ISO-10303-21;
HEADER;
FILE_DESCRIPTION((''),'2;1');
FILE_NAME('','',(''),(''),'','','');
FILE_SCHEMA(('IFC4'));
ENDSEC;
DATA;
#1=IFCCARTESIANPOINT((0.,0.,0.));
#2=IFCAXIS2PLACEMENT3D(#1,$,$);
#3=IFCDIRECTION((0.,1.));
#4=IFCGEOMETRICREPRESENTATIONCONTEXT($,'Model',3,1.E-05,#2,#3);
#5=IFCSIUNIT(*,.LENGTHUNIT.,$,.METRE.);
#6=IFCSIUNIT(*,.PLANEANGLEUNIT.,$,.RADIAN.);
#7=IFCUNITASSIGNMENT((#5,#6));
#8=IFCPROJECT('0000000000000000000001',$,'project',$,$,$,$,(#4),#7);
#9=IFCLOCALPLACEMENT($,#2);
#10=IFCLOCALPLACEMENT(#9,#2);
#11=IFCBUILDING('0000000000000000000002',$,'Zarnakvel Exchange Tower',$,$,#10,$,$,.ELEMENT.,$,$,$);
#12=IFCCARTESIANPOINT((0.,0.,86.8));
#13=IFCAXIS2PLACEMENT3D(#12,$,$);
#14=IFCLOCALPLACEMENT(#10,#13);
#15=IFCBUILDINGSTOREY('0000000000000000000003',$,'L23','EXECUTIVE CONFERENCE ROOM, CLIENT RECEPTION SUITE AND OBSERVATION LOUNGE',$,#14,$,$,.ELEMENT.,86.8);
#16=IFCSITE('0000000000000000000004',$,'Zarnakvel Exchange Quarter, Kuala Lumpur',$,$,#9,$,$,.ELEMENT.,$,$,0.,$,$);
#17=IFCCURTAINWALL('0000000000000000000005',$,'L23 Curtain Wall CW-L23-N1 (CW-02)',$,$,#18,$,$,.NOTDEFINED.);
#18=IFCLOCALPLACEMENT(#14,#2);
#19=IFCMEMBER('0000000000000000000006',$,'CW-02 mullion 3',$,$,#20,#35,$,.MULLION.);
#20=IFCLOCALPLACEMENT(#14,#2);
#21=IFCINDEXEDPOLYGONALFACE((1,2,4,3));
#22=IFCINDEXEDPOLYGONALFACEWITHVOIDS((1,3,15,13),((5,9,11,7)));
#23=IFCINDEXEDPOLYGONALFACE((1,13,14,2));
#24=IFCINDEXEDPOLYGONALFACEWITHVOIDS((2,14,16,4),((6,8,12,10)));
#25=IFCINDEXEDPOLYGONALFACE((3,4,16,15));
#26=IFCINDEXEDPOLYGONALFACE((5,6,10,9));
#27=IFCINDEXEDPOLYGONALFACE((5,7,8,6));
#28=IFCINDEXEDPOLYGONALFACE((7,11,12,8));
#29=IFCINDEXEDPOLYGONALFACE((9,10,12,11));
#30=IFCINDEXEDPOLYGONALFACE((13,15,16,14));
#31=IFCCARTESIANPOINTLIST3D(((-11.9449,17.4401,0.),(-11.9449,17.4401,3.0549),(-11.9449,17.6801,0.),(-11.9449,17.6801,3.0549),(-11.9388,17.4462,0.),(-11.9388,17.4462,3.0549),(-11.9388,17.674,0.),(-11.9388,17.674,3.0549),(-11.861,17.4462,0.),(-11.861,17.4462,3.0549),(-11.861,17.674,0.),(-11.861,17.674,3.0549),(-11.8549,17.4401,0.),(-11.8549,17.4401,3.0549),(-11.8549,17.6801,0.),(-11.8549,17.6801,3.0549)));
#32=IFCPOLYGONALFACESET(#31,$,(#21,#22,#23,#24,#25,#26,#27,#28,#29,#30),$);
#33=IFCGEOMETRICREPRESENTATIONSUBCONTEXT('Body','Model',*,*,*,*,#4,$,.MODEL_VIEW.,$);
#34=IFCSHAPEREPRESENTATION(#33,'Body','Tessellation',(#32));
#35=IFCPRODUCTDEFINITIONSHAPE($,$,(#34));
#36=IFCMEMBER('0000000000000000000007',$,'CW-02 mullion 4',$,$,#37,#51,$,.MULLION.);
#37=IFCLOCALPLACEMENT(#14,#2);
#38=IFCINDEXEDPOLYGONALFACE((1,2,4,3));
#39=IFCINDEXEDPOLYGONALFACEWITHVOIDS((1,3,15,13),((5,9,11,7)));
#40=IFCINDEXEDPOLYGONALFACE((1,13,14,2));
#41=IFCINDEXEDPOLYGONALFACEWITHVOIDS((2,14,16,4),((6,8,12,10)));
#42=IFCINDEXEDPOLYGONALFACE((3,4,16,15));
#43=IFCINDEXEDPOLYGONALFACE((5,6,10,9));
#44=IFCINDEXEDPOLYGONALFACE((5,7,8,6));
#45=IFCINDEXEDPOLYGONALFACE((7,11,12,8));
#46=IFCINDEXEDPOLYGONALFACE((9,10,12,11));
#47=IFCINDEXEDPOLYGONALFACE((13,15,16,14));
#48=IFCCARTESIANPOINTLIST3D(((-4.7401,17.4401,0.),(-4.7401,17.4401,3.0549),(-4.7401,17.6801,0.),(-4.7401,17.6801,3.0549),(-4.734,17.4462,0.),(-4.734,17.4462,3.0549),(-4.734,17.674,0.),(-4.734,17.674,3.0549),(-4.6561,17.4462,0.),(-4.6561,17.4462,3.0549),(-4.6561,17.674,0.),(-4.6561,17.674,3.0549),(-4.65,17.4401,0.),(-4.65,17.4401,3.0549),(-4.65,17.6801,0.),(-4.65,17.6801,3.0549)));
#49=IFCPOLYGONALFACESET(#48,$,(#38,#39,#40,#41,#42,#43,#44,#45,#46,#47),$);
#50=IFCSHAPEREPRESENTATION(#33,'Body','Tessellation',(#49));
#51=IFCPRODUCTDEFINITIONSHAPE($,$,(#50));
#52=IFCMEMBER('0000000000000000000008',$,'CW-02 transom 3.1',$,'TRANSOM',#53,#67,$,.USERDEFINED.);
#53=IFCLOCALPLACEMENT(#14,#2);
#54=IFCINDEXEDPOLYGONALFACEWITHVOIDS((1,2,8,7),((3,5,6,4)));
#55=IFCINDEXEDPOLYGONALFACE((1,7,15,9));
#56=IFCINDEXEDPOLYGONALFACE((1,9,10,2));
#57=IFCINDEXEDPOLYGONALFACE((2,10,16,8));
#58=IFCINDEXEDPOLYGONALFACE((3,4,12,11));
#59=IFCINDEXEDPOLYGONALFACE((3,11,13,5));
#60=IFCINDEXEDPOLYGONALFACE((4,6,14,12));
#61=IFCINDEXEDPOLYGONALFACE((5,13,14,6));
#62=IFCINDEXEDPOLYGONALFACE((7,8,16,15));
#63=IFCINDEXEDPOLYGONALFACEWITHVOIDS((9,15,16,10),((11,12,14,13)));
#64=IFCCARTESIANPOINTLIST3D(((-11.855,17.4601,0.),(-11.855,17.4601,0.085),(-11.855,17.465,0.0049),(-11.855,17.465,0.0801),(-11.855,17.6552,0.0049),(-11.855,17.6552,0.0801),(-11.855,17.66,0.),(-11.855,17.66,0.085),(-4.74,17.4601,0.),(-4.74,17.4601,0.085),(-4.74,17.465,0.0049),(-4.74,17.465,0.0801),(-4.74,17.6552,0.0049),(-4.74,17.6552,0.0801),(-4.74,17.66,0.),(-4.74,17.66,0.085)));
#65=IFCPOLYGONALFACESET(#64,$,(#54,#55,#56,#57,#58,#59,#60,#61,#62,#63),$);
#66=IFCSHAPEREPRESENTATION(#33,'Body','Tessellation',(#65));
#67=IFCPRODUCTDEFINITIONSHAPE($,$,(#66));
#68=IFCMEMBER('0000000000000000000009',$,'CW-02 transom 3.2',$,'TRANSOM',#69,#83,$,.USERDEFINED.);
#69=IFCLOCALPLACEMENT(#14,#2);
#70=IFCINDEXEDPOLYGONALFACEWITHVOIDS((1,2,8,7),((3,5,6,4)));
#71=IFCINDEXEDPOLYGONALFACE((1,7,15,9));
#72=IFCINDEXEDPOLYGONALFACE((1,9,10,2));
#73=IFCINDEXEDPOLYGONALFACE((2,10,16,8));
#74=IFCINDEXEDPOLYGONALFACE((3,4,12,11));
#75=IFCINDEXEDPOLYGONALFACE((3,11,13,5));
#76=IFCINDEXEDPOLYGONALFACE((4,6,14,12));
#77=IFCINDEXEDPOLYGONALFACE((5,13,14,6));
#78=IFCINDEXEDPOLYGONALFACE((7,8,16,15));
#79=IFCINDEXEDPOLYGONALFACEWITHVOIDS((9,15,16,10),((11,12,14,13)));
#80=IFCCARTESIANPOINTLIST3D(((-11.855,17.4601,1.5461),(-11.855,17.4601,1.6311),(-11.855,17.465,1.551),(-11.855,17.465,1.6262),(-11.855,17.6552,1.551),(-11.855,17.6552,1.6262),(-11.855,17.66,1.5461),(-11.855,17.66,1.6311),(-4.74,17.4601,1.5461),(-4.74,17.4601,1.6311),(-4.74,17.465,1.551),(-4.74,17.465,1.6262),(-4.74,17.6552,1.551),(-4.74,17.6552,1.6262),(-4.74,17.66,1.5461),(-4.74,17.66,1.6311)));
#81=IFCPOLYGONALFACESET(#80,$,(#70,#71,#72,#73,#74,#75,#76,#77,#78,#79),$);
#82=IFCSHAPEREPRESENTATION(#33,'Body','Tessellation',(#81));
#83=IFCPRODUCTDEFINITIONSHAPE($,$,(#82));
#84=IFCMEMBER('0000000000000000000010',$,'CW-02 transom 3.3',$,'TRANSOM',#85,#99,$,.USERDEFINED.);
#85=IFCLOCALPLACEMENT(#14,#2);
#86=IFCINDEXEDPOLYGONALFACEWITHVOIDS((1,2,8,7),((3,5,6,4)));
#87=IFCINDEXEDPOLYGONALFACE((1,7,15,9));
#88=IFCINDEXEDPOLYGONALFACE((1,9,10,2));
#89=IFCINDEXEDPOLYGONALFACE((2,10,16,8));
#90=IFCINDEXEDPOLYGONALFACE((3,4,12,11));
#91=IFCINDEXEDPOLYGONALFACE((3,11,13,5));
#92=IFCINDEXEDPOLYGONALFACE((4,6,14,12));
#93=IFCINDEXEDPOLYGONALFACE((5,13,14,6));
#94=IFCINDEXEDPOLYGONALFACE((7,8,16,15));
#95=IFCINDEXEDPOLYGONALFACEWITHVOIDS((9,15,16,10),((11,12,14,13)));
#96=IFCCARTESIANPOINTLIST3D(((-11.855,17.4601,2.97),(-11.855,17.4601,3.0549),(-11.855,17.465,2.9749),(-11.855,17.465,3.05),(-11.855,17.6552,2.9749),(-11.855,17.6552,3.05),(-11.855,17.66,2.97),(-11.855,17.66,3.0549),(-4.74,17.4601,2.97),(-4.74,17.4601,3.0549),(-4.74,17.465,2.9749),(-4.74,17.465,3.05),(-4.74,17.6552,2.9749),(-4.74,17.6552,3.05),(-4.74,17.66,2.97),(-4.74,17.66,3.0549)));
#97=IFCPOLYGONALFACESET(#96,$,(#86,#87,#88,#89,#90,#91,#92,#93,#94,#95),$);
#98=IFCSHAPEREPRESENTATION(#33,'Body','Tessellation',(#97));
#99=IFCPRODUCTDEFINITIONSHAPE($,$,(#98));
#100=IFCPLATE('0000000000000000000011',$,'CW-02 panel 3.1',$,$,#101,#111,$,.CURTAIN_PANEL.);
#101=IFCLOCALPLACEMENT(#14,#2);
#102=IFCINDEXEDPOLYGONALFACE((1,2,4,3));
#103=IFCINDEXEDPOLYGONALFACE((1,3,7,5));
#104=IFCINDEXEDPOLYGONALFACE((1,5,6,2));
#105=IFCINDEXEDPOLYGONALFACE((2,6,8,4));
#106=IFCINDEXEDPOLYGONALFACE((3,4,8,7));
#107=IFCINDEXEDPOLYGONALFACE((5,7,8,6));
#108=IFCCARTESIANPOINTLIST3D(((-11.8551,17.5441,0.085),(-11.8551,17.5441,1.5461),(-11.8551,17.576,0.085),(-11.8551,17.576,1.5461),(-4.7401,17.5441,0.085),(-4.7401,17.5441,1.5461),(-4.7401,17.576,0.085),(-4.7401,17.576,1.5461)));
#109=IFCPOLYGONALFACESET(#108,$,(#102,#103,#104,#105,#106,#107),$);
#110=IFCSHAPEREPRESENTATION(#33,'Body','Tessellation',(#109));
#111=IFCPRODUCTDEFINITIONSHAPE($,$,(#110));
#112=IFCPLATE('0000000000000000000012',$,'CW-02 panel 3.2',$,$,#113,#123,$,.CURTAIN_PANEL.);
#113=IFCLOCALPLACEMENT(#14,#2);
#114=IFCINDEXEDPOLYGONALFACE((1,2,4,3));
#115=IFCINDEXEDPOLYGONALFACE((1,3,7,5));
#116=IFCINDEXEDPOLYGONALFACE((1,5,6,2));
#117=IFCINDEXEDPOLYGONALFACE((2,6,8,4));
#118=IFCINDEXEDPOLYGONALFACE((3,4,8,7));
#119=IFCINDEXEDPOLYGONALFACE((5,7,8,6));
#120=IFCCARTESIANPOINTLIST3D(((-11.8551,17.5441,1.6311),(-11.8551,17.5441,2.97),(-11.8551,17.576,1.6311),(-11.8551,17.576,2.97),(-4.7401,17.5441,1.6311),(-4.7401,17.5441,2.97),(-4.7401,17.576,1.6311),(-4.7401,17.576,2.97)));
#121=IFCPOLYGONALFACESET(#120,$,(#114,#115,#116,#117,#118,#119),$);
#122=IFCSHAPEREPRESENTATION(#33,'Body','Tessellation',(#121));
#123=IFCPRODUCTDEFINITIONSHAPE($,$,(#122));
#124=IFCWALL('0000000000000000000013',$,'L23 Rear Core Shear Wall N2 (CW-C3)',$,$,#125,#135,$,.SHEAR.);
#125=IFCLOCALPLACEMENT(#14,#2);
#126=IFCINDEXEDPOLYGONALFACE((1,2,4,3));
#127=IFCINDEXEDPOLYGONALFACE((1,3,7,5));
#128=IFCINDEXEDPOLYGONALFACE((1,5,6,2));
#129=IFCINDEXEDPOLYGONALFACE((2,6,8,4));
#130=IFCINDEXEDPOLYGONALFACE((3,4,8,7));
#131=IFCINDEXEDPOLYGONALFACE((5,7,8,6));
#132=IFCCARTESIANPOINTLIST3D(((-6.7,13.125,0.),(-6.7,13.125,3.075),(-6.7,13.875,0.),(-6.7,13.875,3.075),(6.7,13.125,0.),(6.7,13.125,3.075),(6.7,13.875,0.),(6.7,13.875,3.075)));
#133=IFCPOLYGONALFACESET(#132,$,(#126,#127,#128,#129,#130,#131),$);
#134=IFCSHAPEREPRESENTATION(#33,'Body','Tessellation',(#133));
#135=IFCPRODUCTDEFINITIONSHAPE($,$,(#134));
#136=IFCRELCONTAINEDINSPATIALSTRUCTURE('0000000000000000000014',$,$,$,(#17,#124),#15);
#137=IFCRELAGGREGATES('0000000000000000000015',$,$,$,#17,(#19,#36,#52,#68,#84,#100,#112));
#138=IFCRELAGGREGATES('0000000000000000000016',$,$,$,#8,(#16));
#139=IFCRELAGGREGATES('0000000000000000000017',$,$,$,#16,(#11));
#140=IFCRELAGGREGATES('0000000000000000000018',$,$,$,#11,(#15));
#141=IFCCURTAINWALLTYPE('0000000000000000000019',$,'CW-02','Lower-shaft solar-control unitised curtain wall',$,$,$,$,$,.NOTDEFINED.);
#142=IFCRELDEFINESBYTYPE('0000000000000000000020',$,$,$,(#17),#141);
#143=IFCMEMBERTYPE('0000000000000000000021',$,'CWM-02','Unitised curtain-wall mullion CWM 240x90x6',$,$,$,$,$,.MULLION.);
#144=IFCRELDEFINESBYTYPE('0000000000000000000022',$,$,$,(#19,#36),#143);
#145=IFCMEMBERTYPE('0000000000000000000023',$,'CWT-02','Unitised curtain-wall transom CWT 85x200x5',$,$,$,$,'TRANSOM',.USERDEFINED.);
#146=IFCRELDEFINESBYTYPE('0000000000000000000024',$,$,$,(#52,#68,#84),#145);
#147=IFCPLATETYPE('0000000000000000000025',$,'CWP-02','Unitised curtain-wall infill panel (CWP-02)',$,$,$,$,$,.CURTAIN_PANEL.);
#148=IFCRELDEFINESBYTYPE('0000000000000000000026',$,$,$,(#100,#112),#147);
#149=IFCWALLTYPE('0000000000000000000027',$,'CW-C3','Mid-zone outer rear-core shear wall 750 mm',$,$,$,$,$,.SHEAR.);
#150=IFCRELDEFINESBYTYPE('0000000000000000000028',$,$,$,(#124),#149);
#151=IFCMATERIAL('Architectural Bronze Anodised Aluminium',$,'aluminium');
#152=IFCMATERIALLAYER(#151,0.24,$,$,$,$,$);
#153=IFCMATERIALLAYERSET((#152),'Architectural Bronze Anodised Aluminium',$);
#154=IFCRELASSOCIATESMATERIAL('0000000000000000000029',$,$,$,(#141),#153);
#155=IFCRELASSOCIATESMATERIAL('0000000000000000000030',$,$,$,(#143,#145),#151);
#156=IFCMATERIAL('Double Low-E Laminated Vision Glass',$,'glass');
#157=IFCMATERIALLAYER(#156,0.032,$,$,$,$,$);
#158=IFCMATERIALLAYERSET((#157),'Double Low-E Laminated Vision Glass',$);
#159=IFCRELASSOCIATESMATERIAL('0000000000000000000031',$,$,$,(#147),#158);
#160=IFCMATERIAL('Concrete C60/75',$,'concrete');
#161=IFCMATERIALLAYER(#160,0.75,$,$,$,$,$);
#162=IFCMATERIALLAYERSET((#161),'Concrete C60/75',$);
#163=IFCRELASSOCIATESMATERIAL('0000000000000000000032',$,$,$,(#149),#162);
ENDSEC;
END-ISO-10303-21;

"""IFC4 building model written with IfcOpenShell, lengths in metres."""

from ifc_helpers import new_model, si_unit, direction, frame, frame_2d, origin, origin_2d, place, context, subcontext, project, spatial, rectangle, hollow_rectangle, extrude, source, transform, mapped, material, layer, layer_set, material_profile, profile_set, type_object, element, aggregate, save


model = new_model("IFC4")

# Units and contexts
model_context = context("Model", 3, precision=1e-05, world=origin(), true_north=direction((0.0, 1.0)))
body_context = subcontext(model_context, "Body", "Model", "MODEL_VIEW")
ifc_project = project(units=[si_unit("LENGTHUNIT", "METRE"), si_unit("PLANEANGLEUNIT", "RADIAN")], contexts=[model_context])

# Site, building, storey
site_placement = place(None, origin())
site = spatial("IfcSite", under=ifc_project, at=site_placement, Name="Zarnakvel Exchange Quarter, Kuala Lumpur", CompositionType="ELEMENT", RefElevation=0.0)
building_placement = place(site_placement, origin())
building = spatial("IfcBuilding", under=site, at=building_placement, Name="Zarnakvel Exchange Tower", CompositionType="ELEMENT")
storey_placement = place(building_placement, frame((0.0, 0.0, 86.8)))
storey = spatial("IfcBuildingStorey", under=building, at=storey_placement, Name="L23", Description="EXECUTIVE CONFERENCE ROOM, CLIENT RECEPTION SUITE AND OBSERVATION LOUNGE", CompositionType="ELEMENT", Elevation=86.8)

# Shared definitions
ifc_material_1 = material(Name="Concrete C60/75", Category="concrete")

# Curtain wall, members, plates
ifc_material_2 = material(Name="Architectural Bronze Anodised Aluminium", Category="aluminium")
ifc_layer_1 = layer(ifc_material_2, 0.24)
ifc_layer_set_1 = layer_set([ifc_layer_1], Name="Architectural Bronze Anodised Aluminium")
curtain_wall_type = type_object("IfcCurtainWallType", Name="CW-02", Description="Lower-shaft solar-control unitised curtain wall", PredefinedType="NOTDEFINED", material=ifc_layer_set_1)
curtain_wall_placement = place(storey_placement, origin())
curtain_wall = element("IfcCurtainWall", 1, at=curtain_wall_placement, inside=storey, type_object=curtain_wall_type, Name="L23 Curtain Wall CW-L23-N1 (CW-02)", PredefinedType="NOTDEFINED")
ifc_material_profile_1 = material_profile(ifc_material_2, hollow_rectangle(XDim=0.24, YDim=0.0901, WallThickness=0.0061, at=origin_2d()))
ifc_profile_set_1 = profile_set([ifc_material_profile_1], Name="Architectural Bronze Anodised Aluminium")
member_type_1 = type_object("IfcMemberType", Name="CWM-02", Description="Unitised curtain-wall mullion CWM 240x90x6", PredefinedType="MULLION", material=ifc_profile_set_1)
shared_shape_1 = source(origin(), body_context, "Body", "SweptSolid", [
    extrude(hollow_rectangle(XDim=0.24, YDim=0.0901, WallThickness=0.0061, at=origin_2d()), origin(), (0.0, 0.0, 1.0), 3.0549),
])
member_1_placement = place(storey_placement, frame((-11.8999, 17.5601, 0.0), z_axis=(0.0, 0.0, 1.0), x_axis=(0.0, 1.0, 0.0)))
member_1 = element("IfcMember", 2, at=member_1_placement, type_object=member_type_1, Name="CW-02 mullion 3", PredefinedType="MULLION", context=body_context, shape_type="MappedRepresentation", body=[
    mapped(shared_shape_1, transform((0.0, 0.0, 0.0), x_axis=(1.0, 0.0, 0.0), y_axis=(0.0, 1.0, 0.0), z_axis=(0.0, 0.0, 1.0), scale=1.0)),
])
member_2_placement = place(storey_placement, frame((-4.6951, 17.5601, 0.0), z_axis=(0.0, 0.0, 1.0), x_axis=(0.0, 1.0, 0.0)))
member_2 = element("IfcMember", 3, at=member_2_placement, type_object=member_type_1, Name="CW-02 mullion 4", PredefinedType="MULLION", context=body_context, shape_type="MappedRepresentation", body=[
    mapped(shared_shape_1, transform((0.0, 0.0, 0.0), x_axis=(1.0, 0.0, 0.0), y_axis=(0.0, 1.0, 0.0), z_axis=(0.0, 0.0, 1.0), scale=1.0)),
])
ifc_material_profile_2 = material_profile(ifc_material_2, hollow_rectangle(XDim=0.2, YDim=0.085, WallThickness=0.0049, at=origin_2d()))
ifc_profile_set_2 = profile_set([ifc_material_profile_2], Name="Architectural Bronze Anodised Aluminium")
member_type_2 = type_object("IfcMemberType", Name="CWT-02", Description="Unitised curtain-wall transom CWT 85x200x5", ElementType="TRANSOM", PredefinedType="USERDEFINED", material=ifc_profile_set_2)
shared_shape_2 = source(origin(), body_context, "Body", "SweptSolid", [
    extrude(hollow_rectangle(XDim=0.2, YDim=0.085, WallThickness=0.0049, at=origin_2d()), origin(), (0.0, 0.0, 1.0), 7.115),
])
member_3_placement = place(storey_placement, frame((-11.855, 17.5601, 0.0425), z_axis=(1.0, 0.0, 0.0), x_axis=(0.0, 1.0, 0.0)))
member_3 = element("IfcMember", 4, at=member_3_placement, type_object=member_type_2, Name="CW-02 transom 3.1", ObjectType="TRANSOM", PredefinedType="USERDEFINED", context=body_context, shape_type="MappedRepresentation", body=[
    mapped(shared_shape_2, transform((0.0, 0.0, 0.0), x_axis=(1.0, 0.0, 0.0), y_axis=(0.0, 1.0, 0.0), z_axis=(0.0, 0.0, 1.0), scale=1.0)),
])
member_4_placement = place(storey_placement, frame((-11.855, 17.5601, 1.5886), z_axis=(1.0, 0.0, 0.0), x_axis=(0.0, 1.0, 0.0)))
member_4 = element("IfcMember", 5, at=member_4_placement, type_object=member_type_2, Name="CW-02 transom 3.2", ObjectType="TRANSOM", PredefinedType="USERDEFINED", context=body_context, shape_type="MappedRepresentation", body=[
    mapped(shared_shape_2, transform((0.0, 0.0, 0.0), x_axis=(1.0, 0.0, 0.0), y_axis=(0.0, 1.0, 0.0), z_axis=(0.0, 0.0, 1.0), scale=1.0)),
])
member_5_placement = place(storey_placement, frame((-11.855, 17.5601, 3.0125), z_axis=(1.0, 0.0, 0.0), x_axis=(0.0, 1.0, 0.0)))
member_5 = element("IfcMember", 6, at=member_5_placement, type_object=member_type_2, Name="CW-02 transom 3.3", ObjectType="TRANSOM", PredefinedType="USERDEFINED", context=body_context, shape_type="MappedRepresentation", body=[
    mapped(shared_shape_2, transform((0.0, 0.0, 0.0), x_axis=(1.0, 0.0, 0.0), y_axis=(0.0, 1.0, 0.0), z_axis=(0.0, 0.0, 1.0), scale=1.0)),
])
ifc_material_3 = material(Name="Double Low-E Laminated Vision Glass", Category="glass")
ifc_layer_2 = layer(ifc_material_3, 0.032)
ifc_layer_set_2 = layer_set([ifc_layer_2], Name="Double Low-E Laminated Vision Glass")
plate_type = type_object("IfcPlateType", Name="CWP-02", Description="Unitised curtain-wall infill panel (CWP-02)", PredefinedType="CURTAIN_PANEL", material=ifc_layer_set_2)
shared_shape_3 = source(origin(), body_context, "Body", "SweptSolid", [
    extrude(rectangle(XDim=7.115, YDim=0.032, at=origin_2d()), origin(), (0.0, 0.0, 1.0), 1.4612),
])
plate_1_placement = place(storey_placement, frame((-8.2976, 17.5601, 0.085), z_axis=(0.0, 0.0, 1.0), x_axis=(1.0, 0.0, 0.0)))
plate_1 = element("IfcPlate", 7, at=plate_1_placement, type_object=plate_type, Name="CW-02 panel 3.1", PredefinedType="CURTAIN_PANEL", context=body_context, shape_type="MappedRepresentation", body=[
    mapped(shared_shape_3, transform((0.0, 0.0, 0.0), x_axis=(1.0, 0.0, 0.0), y_axis=(0.0, 1.0, 0.0), z_axis=(0.0, 0.0, 1.0), scale=1.0)),
])
shared_shape_4 = source(origin(), body_context, "Body", "SweptSolid", [
    extrude(rectangle(XDim=7.115, YDim=0.032, at=origin_2d()), origin(), (0.0, 0.0, 1.0), 1.3389),
])
plate_2_placement = place(storey_placement, frame((-8.2976, 17.5601, 1.6311), z_axis=(0.0, 0.0, 1.0), x_axis=(1.0, 0.0, 0.0)))
plate_2 = element("IfcPlate", 8, at=plate_2_placement, type_object=plate_type, Name="CW-02 panel 3.2", PredefinedType="CURTAIN_PANEL", context=body_context, shape_type="MappedRepresentation", body=[
    mapped(shared_shape_4, transform((0.0, 0.0, 0.0), x_axis=(1.0, 0.0, 0.0), y_axis=(0.0, 1.0, 0.0), z_axis=(0.0, 0.0, 1.0), scale=1.0)),
])
aggregate(curtain_wall, [member_1, member_2, member_3, member_4, member_5, plate_1, plate_2])

# Wall
ifc_layer_3 = layer(ifc_material_1, 0.75)
ifc_layer_set_3 = layer_set([ifc_layer_3], Name="Concrete C60/75")
wall_type_1 = type_object("IfcWallType", Name="CW-C3", Description="Mid-zone outer rear-core shear wall 750 mm", PredefinedType="SHEAR", material=ifc_layer_set_3)
wall_1_placement = place(storey_placement, frame((-6.7, 13.5, 0.0), z_axis=(0.0, 0.0, 1.0), x_axis=(1.0, 0.0, 0.0)))
element("IfcWall", 9, at=wall_1_placement, inside=storey, type_object=wall_type_1, Name="L23 Rear Core Shear Wall N2 (CW-C3)", PredefinedType="SHEAR", context=body_context, shape_type="SweptSolid", body=[
    extrude(rectangle(XDim=13.3999, YDim=0.75, at=frame_2d((6.7, 0.0))), origin(), (0.0, 0.0, 1.0), 3.075),
])

save(model, "model.ifc")
